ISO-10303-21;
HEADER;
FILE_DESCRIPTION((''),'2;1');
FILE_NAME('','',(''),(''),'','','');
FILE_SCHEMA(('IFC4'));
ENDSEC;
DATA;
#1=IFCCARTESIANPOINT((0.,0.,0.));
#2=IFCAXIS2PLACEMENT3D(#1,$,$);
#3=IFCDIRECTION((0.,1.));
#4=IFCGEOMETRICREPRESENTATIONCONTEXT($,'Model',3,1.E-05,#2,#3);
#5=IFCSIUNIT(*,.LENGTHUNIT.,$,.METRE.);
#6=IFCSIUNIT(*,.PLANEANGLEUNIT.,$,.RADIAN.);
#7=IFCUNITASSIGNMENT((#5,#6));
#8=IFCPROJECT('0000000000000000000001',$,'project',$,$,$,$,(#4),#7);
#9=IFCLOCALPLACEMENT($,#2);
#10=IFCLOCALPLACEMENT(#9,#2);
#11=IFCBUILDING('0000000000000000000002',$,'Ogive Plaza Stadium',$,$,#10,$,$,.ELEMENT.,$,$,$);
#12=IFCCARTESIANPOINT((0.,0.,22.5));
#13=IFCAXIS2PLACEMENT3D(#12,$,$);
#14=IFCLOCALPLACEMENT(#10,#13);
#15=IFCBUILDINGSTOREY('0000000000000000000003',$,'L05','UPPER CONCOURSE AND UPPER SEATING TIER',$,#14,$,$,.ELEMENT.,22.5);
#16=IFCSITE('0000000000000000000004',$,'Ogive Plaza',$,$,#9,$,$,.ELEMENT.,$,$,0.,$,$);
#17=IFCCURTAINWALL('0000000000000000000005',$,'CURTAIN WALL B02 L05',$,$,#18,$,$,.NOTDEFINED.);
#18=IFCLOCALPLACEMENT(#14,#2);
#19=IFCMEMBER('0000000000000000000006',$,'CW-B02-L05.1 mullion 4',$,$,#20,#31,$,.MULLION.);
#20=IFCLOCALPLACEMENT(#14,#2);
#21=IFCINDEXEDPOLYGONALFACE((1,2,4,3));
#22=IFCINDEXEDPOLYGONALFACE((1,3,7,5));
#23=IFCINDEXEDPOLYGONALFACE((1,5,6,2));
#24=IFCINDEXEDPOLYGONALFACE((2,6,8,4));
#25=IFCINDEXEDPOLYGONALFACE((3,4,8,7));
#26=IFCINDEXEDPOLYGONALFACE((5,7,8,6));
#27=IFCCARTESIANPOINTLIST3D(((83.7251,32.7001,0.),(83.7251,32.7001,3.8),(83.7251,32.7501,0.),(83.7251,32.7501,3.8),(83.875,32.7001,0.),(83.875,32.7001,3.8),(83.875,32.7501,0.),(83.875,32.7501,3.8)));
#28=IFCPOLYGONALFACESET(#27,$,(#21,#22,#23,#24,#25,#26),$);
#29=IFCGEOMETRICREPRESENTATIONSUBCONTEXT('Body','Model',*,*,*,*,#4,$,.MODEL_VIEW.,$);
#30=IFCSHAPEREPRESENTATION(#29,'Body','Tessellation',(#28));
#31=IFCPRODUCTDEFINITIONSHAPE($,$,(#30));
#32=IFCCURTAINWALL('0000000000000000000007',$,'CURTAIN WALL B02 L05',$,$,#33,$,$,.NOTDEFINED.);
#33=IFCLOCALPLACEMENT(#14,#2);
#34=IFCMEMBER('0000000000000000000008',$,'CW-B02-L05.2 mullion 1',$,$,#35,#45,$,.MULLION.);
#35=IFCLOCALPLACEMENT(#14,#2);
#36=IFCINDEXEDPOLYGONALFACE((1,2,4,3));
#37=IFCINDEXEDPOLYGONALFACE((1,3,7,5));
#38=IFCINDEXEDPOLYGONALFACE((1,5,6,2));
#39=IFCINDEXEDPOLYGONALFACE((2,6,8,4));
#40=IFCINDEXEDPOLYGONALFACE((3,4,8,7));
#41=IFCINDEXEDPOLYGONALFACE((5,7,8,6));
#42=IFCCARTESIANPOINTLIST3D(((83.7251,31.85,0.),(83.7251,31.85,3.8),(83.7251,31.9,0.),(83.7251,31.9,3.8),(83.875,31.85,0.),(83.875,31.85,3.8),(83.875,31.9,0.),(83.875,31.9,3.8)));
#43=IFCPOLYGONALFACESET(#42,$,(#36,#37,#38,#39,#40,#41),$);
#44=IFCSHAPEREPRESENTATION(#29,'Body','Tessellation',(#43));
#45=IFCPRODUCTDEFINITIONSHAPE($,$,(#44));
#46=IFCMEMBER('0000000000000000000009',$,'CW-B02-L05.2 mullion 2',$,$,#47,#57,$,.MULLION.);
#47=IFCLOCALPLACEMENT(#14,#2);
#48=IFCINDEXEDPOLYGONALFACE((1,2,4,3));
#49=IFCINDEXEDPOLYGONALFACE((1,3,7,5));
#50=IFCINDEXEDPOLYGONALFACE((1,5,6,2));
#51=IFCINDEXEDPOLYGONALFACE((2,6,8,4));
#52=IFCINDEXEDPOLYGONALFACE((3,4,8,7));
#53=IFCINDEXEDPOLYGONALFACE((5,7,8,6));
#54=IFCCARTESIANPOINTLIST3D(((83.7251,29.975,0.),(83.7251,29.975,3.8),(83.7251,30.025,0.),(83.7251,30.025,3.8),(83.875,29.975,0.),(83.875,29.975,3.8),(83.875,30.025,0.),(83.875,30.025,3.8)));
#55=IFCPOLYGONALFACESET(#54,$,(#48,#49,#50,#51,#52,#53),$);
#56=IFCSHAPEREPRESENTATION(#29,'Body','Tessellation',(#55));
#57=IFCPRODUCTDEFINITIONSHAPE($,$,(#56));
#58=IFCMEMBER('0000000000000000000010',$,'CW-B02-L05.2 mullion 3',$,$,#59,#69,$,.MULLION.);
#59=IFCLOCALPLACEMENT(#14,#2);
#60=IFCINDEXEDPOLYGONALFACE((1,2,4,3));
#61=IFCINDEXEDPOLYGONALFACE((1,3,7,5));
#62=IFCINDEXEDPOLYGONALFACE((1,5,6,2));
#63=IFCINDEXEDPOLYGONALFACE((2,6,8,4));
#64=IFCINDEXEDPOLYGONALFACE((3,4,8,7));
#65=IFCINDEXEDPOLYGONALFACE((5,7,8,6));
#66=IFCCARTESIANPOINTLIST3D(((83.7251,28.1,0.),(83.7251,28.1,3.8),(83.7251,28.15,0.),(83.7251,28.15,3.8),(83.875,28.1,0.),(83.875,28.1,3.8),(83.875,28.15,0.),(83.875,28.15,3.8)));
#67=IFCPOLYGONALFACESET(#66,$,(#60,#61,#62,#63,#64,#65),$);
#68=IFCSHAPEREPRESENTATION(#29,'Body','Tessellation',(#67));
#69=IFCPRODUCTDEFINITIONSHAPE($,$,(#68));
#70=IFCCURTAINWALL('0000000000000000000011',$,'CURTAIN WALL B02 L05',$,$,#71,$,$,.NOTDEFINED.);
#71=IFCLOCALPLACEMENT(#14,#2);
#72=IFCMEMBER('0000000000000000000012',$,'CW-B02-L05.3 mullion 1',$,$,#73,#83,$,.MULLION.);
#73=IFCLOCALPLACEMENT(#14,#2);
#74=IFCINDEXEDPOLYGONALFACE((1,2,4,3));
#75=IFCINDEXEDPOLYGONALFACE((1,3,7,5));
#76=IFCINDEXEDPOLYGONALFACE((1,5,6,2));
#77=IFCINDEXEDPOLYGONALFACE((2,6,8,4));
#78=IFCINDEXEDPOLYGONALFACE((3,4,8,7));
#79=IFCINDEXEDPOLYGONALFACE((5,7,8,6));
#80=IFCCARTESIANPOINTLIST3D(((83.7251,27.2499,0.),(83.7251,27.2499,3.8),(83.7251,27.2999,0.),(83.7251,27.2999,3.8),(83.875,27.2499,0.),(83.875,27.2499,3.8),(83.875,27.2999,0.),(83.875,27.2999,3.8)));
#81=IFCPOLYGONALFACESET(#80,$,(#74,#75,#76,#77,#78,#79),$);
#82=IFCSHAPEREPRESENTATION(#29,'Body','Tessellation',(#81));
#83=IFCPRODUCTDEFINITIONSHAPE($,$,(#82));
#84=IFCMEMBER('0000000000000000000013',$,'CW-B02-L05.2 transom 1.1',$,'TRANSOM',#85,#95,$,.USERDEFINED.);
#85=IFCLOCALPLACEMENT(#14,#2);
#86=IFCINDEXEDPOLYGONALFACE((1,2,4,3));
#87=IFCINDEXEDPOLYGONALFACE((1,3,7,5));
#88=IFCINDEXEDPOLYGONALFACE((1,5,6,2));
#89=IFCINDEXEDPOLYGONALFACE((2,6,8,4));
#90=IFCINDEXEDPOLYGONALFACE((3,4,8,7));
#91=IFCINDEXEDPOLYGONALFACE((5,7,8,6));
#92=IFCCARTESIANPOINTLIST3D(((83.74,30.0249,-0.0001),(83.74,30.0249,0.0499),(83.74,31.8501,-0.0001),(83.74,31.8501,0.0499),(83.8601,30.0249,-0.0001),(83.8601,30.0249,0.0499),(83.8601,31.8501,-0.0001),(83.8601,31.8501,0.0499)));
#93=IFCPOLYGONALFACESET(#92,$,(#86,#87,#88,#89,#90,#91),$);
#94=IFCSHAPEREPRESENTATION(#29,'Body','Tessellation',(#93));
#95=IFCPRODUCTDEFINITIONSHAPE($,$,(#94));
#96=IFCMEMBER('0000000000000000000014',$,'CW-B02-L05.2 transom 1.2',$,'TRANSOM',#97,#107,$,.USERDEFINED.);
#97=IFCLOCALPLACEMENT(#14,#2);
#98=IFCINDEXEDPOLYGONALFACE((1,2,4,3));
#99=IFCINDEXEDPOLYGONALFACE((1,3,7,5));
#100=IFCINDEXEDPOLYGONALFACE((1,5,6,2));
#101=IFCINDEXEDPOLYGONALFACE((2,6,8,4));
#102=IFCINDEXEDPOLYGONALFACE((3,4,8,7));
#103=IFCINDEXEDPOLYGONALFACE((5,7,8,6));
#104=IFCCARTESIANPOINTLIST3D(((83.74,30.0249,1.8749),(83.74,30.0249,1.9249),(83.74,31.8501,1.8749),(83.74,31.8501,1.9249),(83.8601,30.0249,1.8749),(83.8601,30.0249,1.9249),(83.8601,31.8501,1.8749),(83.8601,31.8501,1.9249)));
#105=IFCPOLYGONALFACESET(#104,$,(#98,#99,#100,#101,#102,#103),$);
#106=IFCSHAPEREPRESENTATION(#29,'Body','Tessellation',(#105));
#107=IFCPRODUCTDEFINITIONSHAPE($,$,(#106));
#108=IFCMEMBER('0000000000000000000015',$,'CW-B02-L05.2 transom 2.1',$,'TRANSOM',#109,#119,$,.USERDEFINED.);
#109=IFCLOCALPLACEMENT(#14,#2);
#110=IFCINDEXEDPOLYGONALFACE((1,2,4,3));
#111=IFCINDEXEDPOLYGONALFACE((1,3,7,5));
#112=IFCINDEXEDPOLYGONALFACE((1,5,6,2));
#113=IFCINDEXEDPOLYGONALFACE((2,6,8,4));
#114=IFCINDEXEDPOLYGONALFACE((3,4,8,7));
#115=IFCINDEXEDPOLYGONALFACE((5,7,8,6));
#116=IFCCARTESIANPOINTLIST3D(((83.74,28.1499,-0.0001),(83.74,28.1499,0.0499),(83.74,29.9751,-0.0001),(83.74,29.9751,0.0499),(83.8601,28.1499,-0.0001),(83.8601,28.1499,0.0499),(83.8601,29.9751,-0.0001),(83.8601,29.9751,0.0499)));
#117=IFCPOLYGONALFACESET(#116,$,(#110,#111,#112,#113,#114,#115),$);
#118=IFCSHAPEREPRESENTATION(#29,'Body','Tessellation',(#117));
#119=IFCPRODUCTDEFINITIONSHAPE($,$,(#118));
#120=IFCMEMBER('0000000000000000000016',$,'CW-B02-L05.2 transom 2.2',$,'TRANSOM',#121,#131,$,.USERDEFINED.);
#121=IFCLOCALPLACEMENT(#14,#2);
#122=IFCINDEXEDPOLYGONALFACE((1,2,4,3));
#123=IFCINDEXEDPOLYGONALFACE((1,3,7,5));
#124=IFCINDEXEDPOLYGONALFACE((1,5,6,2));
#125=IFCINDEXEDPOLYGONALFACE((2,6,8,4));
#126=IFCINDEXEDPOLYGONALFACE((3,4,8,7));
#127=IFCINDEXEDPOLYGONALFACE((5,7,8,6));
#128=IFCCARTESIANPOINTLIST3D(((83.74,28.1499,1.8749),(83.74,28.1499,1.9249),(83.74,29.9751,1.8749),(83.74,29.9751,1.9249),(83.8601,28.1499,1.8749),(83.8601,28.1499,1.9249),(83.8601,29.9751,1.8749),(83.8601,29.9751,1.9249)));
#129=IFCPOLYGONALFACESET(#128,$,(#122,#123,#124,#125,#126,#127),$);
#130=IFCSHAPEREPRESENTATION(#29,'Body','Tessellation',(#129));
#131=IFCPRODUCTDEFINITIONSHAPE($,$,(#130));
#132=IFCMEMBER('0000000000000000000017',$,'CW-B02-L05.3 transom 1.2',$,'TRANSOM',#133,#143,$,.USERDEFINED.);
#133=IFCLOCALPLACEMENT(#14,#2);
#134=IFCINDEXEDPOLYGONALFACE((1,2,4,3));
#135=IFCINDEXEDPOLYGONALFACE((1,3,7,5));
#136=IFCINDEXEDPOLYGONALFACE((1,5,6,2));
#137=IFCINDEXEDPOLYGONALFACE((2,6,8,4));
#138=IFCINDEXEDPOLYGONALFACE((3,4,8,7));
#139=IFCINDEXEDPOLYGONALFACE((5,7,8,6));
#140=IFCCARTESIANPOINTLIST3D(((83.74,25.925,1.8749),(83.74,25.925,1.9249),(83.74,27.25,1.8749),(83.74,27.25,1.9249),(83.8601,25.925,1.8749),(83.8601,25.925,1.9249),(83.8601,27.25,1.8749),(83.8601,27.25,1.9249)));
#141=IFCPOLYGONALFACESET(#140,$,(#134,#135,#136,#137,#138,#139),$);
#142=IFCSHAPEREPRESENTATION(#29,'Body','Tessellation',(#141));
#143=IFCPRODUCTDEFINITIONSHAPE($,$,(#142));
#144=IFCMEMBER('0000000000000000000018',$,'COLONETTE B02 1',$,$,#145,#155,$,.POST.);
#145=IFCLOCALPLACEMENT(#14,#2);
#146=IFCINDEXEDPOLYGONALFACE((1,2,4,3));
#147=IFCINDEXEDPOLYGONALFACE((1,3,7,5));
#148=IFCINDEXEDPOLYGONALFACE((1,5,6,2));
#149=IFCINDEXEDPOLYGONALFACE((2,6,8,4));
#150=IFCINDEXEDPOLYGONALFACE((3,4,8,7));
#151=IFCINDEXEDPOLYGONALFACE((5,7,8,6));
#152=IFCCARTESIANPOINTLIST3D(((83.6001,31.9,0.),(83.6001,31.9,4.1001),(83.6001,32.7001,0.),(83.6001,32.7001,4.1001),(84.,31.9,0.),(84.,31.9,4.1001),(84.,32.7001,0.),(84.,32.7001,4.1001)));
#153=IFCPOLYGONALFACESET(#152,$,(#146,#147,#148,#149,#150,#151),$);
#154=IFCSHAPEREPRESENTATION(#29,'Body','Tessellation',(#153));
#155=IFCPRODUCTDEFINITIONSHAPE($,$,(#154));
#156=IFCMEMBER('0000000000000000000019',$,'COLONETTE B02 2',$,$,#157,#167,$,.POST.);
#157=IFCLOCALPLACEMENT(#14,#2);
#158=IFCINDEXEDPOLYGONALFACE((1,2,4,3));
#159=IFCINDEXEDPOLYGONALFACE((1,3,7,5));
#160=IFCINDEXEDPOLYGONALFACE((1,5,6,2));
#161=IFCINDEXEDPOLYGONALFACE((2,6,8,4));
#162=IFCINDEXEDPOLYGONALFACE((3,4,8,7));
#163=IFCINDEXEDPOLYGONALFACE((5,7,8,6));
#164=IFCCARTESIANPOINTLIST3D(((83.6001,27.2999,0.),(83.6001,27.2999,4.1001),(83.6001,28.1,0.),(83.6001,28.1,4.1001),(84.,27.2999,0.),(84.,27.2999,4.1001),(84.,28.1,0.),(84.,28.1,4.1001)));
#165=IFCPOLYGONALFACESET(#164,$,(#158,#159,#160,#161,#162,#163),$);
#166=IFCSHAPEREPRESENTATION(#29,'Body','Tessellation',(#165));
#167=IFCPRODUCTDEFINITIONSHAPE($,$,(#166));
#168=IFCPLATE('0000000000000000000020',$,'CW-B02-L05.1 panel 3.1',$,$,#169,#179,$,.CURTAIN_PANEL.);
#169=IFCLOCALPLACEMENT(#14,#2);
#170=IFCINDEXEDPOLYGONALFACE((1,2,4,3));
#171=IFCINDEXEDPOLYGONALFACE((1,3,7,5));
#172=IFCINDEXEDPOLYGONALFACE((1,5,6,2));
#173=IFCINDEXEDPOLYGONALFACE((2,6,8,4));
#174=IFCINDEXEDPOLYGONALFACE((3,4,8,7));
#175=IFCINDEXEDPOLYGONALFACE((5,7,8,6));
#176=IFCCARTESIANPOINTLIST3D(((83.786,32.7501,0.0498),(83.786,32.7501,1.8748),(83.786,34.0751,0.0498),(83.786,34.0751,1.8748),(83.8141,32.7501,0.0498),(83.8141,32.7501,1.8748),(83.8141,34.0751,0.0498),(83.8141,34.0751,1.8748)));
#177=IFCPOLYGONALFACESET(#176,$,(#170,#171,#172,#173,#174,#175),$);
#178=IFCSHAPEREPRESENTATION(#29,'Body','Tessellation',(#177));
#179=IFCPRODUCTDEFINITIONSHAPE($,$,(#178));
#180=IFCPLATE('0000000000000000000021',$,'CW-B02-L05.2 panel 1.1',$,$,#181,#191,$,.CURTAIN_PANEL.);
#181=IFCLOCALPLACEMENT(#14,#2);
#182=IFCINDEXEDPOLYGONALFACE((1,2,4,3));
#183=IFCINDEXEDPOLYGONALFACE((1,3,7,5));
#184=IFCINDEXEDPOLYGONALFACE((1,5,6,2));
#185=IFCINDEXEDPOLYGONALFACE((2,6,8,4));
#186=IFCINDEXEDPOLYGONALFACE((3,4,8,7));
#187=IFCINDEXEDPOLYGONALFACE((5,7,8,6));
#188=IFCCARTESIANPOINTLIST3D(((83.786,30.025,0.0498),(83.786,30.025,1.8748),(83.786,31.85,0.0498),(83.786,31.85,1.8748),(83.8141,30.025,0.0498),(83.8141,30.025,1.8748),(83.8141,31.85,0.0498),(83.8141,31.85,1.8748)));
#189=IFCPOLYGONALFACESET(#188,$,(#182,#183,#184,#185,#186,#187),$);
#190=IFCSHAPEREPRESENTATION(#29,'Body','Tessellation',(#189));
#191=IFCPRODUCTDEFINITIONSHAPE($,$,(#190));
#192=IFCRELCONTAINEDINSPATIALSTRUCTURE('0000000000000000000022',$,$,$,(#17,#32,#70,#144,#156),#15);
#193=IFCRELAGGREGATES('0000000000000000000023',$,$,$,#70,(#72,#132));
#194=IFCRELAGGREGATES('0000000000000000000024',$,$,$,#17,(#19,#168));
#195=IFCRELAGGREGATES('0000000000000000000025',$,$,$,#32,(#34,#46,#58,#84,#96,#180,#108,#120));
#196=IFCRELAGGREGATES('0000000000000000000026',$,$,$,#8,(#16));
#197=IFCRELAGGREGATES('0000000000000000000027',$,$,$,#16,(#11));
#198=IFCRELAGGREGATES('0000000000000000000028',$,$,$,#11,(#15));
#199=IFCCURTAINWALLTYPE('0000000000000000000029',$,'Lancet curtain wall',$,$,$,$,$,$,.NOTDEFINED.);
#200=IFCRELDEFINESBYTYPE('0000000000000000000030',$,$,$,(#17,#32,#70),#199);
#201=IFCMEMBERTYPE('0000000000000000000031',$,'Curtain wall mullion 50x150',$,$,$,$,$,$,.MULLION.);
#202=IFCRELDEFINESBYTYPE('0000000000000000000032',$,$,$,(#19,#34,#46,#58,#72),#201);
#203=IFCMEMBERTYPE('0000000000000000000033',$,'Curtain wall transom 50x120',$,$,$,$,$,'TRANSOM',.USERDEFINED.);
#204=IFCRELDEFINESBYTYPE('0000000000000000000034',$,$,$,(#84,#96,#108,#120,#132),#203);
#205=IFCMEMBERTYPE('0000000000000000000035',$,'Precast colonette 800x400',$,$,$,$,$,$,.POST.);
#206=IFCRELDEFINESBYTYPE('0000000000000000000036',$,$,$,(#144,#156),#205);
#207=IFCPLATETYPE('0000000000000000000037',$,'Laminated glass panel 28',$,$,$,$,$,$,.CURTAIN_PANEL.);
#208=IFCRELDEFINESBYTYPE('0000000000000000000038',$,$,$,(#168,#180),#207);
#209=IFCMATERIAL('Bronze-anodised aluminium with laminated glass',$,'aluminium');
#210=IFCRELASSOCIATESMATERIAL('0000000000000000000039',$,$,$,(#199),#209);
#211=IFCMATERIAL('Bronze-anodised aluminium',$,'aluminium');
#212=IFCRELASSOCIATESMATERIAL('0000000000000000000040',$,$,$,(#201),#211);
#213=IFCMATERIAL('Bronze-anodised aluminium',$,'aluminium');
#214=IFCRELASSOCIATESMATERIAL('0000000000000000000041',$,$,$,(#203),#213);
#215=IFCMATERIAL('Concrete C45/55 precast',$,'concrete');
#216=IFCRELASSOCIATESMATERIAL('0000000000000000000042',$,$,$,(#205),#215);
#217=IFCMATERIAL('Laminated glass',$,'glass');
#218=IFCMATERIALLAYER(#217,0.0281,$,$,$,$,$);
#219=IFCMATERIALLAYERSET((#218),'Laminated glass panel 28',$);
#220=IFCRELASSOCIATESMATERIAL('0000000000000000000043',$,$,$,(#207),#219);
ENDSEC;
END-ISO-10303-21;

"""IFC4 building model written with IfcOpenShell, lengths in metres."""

from ifc_helpers import new_model, si_unit, direction, frame, origin, origin_2d, place, context, subcontext, project, spatial, rectangle, extrude, material, layer, layer_set, material_profile, profile_set, type_object, element, aggregate, save


model = new_model("IFC4")

# Units and contexts
model_context = context("Model", 3, precision=1e-05, world=origin(), true_north=direction((0.0, 1.0)))
body_context = subcontext(model_context, "Body", "Model", "MODEL_VIEW")
ifc_project = project(units=[si_unit("LENGTHUNIT", "METRE"), si_unit("PLANEANGLEUNIT", "RADIAN")], contexts=[model_context])

# Site, building, storey
site_placement = place(None, origin())
site = spatial("IfcSite", under=ifc_project, at=site_placement, Name="Ogive Plaza", CompositionType="ELEMENT", RefElevation=0.0)
building_placement = place(site_placement, origin())
building = spatial("IfcBuilding", under=site, at=building_placement, Name="Ogive Plaza Stadium", CompositionType="ELEMENT")
storey_placement = place(building_placement, frame((0.0, 0.0, 22.5)))
storey = spatial("IfcBuildingStorey", under=building, at=storey_placement, Name="L05", Description="UPPER CONCOURSE AND UPPER SEATING TIER", CompositionType="ELEMENT", Elevation=22.5)

# Curtain wall, member
ifc_material_1 = material(Name="Bronze-anodised aluminium with laminated glass", Category="aluminium")
curtain_wall_type = type_object("IfcCurtainWallType", Name="Lancet curtain wall", PredefinedType="NOTDEFINED", material=ifc_material_1)
curtain_wall_1_placement = place(storey_placement, origin())
curtain_wall_1 = element("IfcCurtainWall", 1, at=curtain_wall_1_placement, inside=storey, type_object=curtain_wall_type, Name="CURTAIN WALL B02 L05", PredefinedType="NOTDEFINED")
ifc_material_2 = material(Name="Bronze-anodised aluminium", Category="aluminium")
ifc_material_profile_1 = material_profile(ifc_material_2, rectangle(XDim=0.1499, YDim=0.05, at=origin_2d()), Name="AL 150x50")
ifc_profile_set_1 = profile_set([ifc_material_profile_1], Name="Bronze-anodised aluminium")
member_type_1 = type_object("IfcMemberType", Name="Curtain wall mullion 50x150", PredefinedType="MULLION", material=ifc_profile_set_1)
member_1_placement = place(storey_placement, frame((83.8, 32.7251, 0.0), z_axis=(0.0, 0.0, 1.0), x_axis=(1.0, 0.0, 0.0)))
member_1 = element("IfcMember", 2, at=member_1_placement, type_object=member_type_1, Name="CW-B02-L05.1 mullion 4", PredefinedType="MULLION", context=body_context, shape_type="SweptSolid", body=[
    extrude(rectangle(XDim=0.1499, YDim=0.05, at=origin_2d()), origin(), (0.0, 0.0, 1.0), 3.8),
])

# Curtain wall, members
curtain_wall_2_placement = place(storey_placement, origin())
curtain_wall_2 = element("IfcCurtainWall", 3, at=curtain_wall_2_placement, inside=storey, type_object=curtain_wall_type, Name="CURTAIN WALL B02 L05", PredefinedType="NOTDEFINED")
member_2_placement = place(storey_placement, frame((83.8, 31.875, 0.0), z_axis=(0.0, 0.0, 1.0), x_axis=(1.0, 0.0, 0.0)))
member_2 = element("IfcMember", 4, at=member_2_placement, type_object=member_type_1, Name="CW-B02-L05.2 mullion 1", PredefinedType="MULLION", context=body_context, shape_type="SweptSolid", body=[
    extrude(rectangle(XDim=0.1499, YDim=0.05, at=origin_2d()), origin(), (0.0, 0.0, 1.0), 3.8),
])
member_3_placement = place(storey_placement, frame((83.8, 30.0, 0.0), z_axis=(0.0, 0.0, 1.0), x_axis=(1.0, 0.0, 0.0)))
member_3 = element("IfcMember", 5, at=member_3_placement, type_object=member_type_1, Name="CW-B02-L05.2 mullion 2", PredefinedType="MULLION", context=body_context, shape_type="SweptSolid", body=[
    extrude(rectangle(XDim=0.1499, YDim=0.05, at=origin_2d()), origin(), (0.0, 0.0, 1.0), 3.8),
])
member_4_placement = place(storey_placement, frame((83.8, 28.125, 0.0), z_axis=(0.0, 0.0, 1.0), x_axis=(1.0, 0.0, 0.0)))
member_4 = element("IfcMember", 6, at=member_4_placement, type_object=member_type_1, Name="CW-B02-L05.2 mullion 3", PredefinedType="MULLION", context=body_context, shape_type="SweptSolid", body=[
    extrude(rectangle(XDim=0.1499, YDim=0.05, at=origin_2d()), origin(), (0.0, 0.0, 1.0), 3.8),
])

# Curtain wall, member
curtain_wall_3_placement = place(storey_placement, origin())
curtain_wall_3 = element("IfcCurtainWall", 7, at=curtain_wall_3_placement, inside=storey, type_object=curtain_wall_type, Name="CURTAIN WALL B02 L05", PredefinedType="NOTDEFINED")
member_5_placement = place(storey_placement, frame((83.8, 27.2749, 0.0), z_axis=(0.0, 0.0, 1.0), x_axis=(1.0, 0.0, 0.0)))
member_5 = element("IfcMember", 8, at=member_5_placement, type_object=member_type_1, Name="CW-B02-L05.3 mullion 1", PredefinedType="MULLION", context=body_context, shape_type="SweptSolid", body=[
    extrude(rectangle(XDim=0.1499, YDim=0.05, at=origin_2d()), origin(), (0.0, 0.0, 1.0), 3.8),
])

# Members
ifc_material_3 = material(Name="Bronze-anodised aluminium", Category="aluminium")
ifc_material_profile_2 = material_profile(ifc_material_3, rectangle(XDim=0.1201, YDim=0.05, at=origin_2d()), Name="AL 120x50")
ifc_profile_set_2 = profile_set([ifc_material_profile_2], Name="Bronze-anodised aluminium")
member_type_2 = type_object("IfcMemberType", Name="Curtain wall transom 50x120", ElementType="TRANSOM", PredefinedType="USERDEFINED", material=ifc_profile_set_2)
member_6_placement = place(storey_placement, frame((83.8, 31.8501, 0.0249), z_axis=(0.0, -1.0, 0.0), x_axis=(1.0, 0.0, 0.0)))
member_6 = element("IfcMember", 9, at=member_6_placement, type_object=member_type_2, Name="CW-B02-L05.2 transom 1.1", ObjectType="TRANSOM", PredefinedType="USERDEFINED", context=body_context, shape_type="SweptSolid", body=[
    extrude(rectangle(XDim=0.1201, YDim=0.05, at=origin_2d()), origin(), (0.0, 0.0, 1.0), 1.8252),
])
member_7_placement = place(storey_placement, frame((83.8, 31.8501, 1.8999), z_axis=(0.0, -1.0, 0.0), x_axis=(1.0, 0.0, 0.0)))
member_7 = element("IfcMember", 10, at=member_7_placement, type_object=member_type_2, Name="CW-B02-L05.2 transom 1.2", ObjectType="TRANSOM", PredefinedType="USERDEFINED", context=body_context, shape_type="SweptSolid", body=[
    extrude(rectangle(XDim=0.1201, YDim=0.05, at=origin_2d()), origin(), (0.0, 0.0, 1.0), 1.8252),
])
member_8_placement = place(storey_placement, frame((83.8, 29.9751, 0.0249), z_axis=(0.0, -1.0, 0.0), x_axis=(1.0, 0.0, 0.0)))
member_8 = element("IfcMember", 11, at=member_8_placement, type_object=member_type_2, Name="CW-B02-L05.2 transom 2.1", ObjectType="TRANSOM", PredefinedType="USERDEFINED", context=body_context, shape_type="SweptSolid", body=[
    extrude(rectangle(XDim=0.1201, YDim=0.05, at=origin_2d()), origin(), (0.0, 0.0, 1.0), 1.8252),
])
member_9_placement = place(storey_placement, frame((83.8, 29.9751, 1.8999), z_axis=(0.0, -1.0, 0.0), x_axis=(1.0, 0.0, 0.0)))
member_9 = element("IfcMember", 12, at=member_9_placement, type_object=member_type_2, Name="CW-B02-L05.2 transom 2.2", ObjectType="TRANSOM", PredefinedType="USERDEFINED", context=body_context, shape_type="SweptSolid", body=[
    extrude(rectangle(XDim=0.1201, YDim=0.05, at=origin_2d()), origin(), (0.0, 0.0, 1.0), 1.8252),
])
member_10_placement = place(storey_placement, frame((83.8, 27.25, 1.8999), z_axis=(0.0, -1.0, 0.0), x_axis=(1.0, 0.0, 0.0)))
member_10 = element("IfcMember", 13, at=member_10_placement, type_object=member_type_2, Name="CW-B02-L05.3 transom 1.2", ObjectType="TRANSOM", PredefinedType="USERDEFINED", context=body_context, shape_type="SweptSolid", body=[
    extrude(rectangle(XDim=0.1201, YDim=0.05, at=origin_2d()), origin(), (0.0, 0.0, 1.0), 1.325),
])
aggregate(curtain_wall_3, [member_5, member_10])

# Members
ifc_material_4 = material(Name="Concrete C45/55 precast", Category="concrete")
ifc_material_profile_3 = material_profile(ifc_material_4, rectangle(XDim=0.3999, YDim=0.8, at=origin_2d()), Name="RC 400x800")
ifc_profile_set_3 = profile_set([ifc_material_profile_3], Name="Concrete C45/55 precast")
member_type_3 = type_object("IfcMemberType", Name="Precast colonette 800x400", PredefinedType="POST", material=ifc_profile_set_3)
for number, where, z_axis, x_axis, name in (
    (14, (83.8, 32.3, 0.0), (0.0, 0.0, 1.0), (1.0, 0.0, 0.0), "COLONETTE B02 1"),
    (15, (83.8, 27.7, 0.0), (0.0, 0.0, 1.0), (1.0, 0.0, 0.0), "COLONETTE B02 2"),
):
    element("IfcMember", number, at=place(storey_placement, frame(where, z_axis=z_axis, x_axis=x_axis)), inside=storey, type_object=member_type_3, Name=name, PredefinedType="POST", context=body_context, shape_type="SweptSolid", body=[
        extrude(rectangle(XDim=0.3999, YDim=0.8, at=origin_2d()), origin(), (0.0, 0.0, 1.0), 4.1001),
    ])

# Plates
ifc_material_5 = material(Name="Laminated glass", Category="glass")
ifc_layer_1 = layer(ifc_material_5, 0.0281)
ifc_layer_set_1 = layer_set([ifc_layer_1], Name="Laminated glass panel 28")
plate_type = type_object("IfcPlateType", Name="Laminated glass panel 28", PredefinedType="CURTAIN_PANEL", material=ifc_layer_set_1)
plate_1_placement = place(storey_placement, frame((83.8, 33.4126, 0.0498), z_axis=(0.0, 0.0, 1.0), x_axis=(0.0, -1.0, 0.0)))
plate_1 = element("IfcPlate", 16, at=plate_1_placement, type_object=plate_type, Name="CW-B02-L05.1 panel 3.1", PredefinedType="CURTAIN_PANEL", context=body_context, shape_type="SweptSolid", body=[
    extrude(rectangle(XDim=1.325, YDim=0.0281, at=origin_2d()), origin(), (0.0, 0.0, 1.0), 1.825),
])
aggregate(curtain_wall_1, [member_1, plate_1])
plate_2_placement = place(storey_placement, frame((83.8, 30.9375, 0.0498), z_axis=(0.0, 0.0, 1.0), x_axis=(0.0, -1.0, 0.0)))
plate_2 = element("IfcPlate", 17, at=plate_2_placement, type_object=plate_type, Name="CW-B02-L05.2 panel 1.1", PredefinedType="CURTAIN_PANEL", context=body_context, shape_type="SweptSolid", body=[
    extrude(rectangle(XDim=1.825, YDim=0.0281, at=origin_2d()), origin(), (0.0, 0.0, 1.0), 1.825),
])
aggregate(curtain_wall_2, [member_2, member_3, member_4, member_6, member_7, plate_2, member_8, member_9])

save(model, "model.ifc")
